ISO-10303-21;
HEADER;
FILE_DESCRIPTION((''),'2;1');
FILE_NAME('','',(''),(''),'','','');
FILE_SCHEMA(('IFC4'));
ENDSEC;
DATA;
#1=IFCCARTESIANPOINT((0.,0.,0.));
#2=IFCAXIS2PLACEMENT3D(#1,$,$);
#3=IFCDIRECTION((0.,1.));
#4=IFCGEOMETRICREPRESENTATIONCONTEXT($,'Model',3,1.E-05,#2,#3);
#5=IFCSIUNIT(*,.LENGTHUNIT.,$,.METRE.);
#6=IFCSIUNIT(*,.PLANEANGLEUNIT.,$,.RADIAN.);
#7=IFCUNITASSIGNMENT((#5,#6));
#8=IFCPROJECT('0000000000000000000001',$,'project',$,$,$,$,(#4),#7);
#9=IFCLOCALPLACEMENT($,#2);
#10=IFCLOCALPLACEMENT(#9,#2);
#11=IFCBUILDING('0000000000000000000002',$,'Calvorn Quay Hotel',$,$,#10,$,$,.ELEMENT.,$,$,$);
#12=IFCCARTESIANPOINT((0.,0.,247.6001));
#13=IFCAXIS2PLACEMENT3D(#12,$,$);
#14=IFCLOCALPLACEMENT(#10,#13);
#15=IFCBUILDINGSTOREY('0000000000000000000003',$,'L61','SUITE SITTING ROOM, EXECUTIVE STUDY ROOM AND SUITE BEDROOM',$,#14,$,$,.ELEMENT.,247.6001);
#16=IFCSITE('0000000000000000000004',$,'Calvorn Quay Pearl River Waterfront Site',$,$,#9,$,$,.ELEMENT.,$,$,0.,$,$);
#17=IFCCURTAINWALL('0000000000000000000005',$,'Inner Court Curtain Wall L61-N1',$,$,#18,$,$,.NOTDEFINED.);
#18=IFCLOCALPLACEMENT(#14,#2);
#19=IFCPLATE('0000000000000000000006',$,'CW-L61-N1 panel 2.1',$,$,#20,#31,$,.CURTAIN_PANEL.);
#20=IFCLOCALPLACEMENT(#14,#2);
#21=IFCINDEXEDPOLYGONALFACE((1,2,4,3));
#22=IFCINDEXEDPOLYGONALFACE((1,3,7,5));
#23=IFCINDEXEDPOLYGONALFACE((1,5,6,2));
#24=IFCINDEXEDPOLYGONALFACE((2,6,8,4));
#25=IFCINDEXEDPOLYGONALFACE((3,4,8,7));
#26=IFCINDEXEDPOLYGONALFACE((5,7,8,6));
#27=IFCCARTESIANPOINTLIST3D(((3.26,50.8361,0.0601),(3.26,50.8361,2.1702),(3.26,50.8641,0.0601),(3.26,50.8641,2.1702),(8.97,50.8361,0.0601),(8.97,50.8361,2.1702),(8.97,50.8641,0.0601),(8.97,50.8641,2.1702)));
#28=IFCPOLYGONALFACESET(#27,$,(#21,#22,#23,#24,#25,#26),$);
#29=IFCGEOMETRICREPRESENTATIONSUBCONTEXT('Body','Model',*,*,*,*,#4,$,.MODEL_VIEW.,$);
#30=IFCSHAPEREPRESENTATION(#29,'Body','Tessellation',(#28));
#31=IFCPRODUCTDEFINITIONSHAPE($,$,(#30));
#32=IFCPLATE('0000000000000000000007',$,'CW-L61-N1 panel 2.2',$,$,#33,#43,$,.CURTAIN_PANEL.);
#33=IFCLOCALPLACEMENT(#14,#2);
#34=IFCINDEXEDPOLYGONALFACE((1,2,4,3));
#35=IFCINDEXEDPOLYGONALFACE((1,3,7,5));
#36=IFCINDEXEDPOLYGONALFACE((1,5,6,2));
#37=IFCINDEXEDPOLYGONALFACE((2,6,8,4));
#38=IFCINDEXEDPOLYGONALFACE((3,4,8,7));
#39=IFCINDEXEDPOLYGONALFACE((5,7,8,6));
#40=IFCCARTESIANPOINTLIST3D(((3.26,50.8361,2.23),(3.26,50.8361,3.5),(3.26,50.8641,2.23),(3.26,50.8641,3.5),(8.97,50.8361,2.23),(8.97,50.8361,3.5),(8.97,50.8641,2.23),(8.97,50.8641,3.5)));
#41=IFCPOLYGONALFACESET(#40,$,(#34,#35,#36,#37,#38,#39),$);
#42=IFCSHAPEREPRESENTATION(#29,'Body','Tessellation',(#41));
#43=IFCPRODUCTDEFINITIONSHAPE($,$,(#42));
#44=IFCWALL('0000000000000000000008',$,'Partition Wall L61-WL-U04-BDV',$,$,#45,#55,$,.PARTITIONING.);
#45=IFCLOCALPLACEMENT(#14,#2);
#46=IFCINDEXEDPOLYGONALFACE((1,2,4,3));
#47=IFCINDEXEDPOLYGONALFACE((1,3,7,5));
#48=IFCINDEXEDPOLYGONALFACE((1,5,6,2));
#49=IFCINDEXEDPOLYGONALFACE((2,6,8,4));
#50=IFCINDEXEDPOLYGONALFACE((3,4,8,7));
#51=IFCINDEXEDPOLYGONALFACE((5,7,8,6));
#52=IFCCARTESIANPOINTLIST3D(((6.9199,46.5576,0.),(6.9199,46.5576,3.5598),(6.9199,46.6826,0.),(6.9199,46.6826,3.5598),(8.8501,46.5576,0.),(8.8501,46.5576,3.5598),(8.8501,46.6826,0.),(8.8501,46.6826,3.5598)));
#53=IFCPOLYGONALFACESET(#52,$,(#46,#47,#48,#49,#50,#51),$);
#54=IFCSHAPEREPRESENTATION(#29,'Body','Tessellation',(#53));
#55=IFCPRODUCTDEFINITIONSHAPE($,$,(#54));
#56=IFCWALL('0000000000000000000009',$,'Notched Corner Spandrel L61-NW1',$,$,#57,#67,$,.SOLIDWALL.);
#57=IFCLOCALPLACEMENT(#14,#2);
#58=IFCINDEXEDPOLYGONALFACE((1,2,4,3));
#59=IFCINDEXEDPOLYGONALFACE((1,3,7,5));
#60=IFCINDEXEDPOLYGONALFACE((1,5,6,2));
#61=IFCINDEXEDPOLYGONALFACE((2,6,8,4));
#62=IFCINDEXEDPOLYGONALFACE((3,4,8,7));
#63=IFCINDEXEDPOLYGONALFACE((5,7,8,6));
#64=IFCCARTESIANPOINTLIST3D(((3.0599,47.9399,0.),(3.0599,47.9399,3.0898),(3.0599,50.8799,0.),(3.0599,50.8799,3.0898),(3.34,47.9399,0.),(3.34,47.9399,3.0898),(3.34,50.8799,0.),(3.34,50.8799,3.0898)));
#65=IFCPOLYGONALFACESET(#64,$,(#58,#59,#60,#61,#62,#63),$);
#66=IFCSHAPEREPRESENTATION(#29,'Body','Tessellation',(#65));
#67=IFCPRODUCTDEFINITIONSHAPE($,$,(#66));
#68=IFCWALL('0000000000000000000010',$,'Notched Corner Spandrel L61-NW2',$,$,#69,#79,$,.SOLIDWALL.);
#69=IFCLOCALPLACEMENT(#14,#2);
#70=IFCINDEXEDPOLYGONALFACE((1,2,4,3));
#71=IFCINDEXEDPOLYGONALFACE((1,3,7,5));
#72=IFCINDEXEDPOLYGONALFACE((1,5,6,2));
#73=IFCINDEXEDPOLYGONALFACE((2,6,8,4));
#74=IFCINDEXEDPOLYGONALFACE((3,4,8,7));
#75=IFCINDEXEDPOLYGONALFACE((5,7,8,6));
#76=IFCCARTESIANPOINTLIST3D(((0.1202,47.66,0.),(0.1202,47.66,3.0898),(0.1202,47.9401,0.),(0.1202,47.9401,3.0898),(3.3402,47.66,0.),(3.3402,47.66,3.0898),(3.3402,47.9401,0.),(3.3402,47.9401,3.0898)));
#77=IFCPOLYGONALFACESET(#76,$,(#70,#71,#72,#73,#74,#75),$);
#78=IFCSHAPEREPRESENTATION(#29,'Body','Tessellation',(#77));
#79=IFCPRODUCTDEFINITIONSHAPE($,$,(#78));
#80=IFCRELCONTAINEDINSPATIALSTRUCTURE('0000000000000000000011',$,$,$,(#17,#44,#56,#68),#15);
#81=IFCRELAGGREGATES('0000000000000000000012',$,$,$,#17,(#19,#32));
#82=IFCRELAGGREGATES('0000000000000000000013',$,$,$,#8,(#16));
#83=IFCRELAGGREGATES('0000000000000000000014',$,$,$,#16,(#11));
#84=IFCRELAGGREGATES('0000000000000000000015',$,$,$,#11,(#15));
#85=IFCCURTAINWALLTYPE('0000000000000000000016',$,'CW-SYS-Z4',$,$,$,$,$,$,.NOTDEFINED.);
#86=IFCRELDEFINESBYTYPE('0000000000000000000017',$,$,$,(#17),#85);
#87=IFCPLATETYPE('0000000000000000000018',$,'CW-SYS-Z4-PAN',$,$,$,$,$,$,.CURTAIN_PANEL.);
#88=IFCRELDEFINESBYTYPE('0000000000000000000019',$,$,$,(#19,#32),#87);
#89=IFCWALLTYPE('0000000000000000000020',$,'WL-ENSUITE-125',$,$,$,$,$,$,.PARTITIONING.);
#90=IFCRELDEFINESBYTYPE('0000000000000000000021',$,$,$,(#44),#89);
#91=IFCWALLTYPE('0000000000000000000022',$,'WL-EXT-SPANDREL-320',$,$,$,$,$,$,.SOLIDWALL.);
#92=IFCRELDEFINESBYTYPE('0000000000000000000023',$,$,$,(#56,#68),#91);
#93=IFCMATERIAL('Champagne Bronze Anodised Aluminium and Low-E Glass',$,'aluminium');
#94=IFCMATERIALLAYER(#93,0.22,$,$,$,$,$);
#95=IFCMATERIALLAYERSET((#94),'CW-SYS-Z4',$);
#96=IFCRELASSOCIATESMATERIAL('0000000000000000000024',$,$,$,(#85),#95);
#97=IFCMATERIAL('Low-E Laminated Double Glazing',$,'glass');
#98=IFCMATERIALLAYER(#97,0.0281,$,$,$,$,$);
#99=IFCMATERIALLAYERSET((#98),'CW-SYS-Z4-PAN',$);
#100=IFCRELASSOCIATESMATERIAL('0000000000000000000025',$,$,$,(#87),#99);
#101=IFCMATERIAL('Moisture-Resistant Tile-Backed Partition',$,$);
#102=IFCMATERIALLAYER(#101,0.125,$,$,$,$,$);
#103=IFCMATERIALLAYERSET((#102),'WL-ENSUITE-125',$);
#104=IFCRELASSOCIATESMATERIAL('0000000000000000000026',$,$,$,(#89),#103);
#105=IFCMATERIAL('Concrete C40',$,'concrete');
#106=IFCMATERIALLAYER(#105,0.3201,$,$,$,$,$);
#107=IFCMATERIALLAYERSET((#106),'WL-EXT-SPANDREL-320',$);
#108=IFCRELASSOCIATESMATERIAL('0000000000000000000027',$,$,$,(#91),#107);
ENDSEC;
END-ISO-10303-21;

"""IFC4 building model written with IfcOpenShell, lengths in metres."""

from ifc_helpers import new_model, si_unit, direction, frame, frame_2d, origin, origin_2d, place, context, subcontext, project, spatial, rectangle, extrude, material, layer, layer_set, type_object, element, aggregate, save


model = new_model("IFC4")

# Units and contexts
model_context = context("Model", 3, precision=1e-05, world=origin(), true_north=direction((0.0, 1.0)))
body_context = subcontext(model_context, "Body", "Model", "MODEL_VIEW")
ifc_project = project(units=[si_unit("LENGTHUNIT", "METRE"), si_unit("PLANEANGLEUNIT", "RADIAN")], contexts=[model_context])

# Site, building, storey
site_placement = place(None, origin())
site = spatial("IfcSite", under=ifc_project, at=site_placement, Name="Calvorn Quay Pearl River Waterfront Site", CompositionType="ELEMENT", RefElevation=0.0)
building_placement = place(site_placement, origin())
building = spatial("IfcBuilding", under=site, at=building_placement, Name="Calvorn Quay Hotel", CompositionType="ELEMENT")
storey_placement = place(building_placement, frame((0.0, 0.0, 247.6001)))
storey = spatial("IfcBuildingStorey", under=building, at=storey_placement, Name="L61", Description="SUITE SITTING ROOM, EXECUTIVE STUDY ROOM AND SUITE BEDROOM", CompositionType="ELEMENT", Elevation=247.6001)

# Shared definitions
ifc_material_1 = material(Name="Champagne Bronze Anodised Aluminium and Low-E Glass", Category="aluminium")
ifc_layer_1 = layer(ifc_material_1, 0.22)
ifc_layer_set_1 = layer_set([ifc_layer_1], Name="CW-SYS-Z4")
curtain_wall_type = type_object("IfcCurtainWallType", Name="CW-SYS-Z4", PredefinedType="NOTDEFINED", material=ifc_layer_set_1)

# Curtain wall
curtain_wall_1_placement = place(storey_placement, origin())
curtain_wall_1 = element("IfcCurtainWall", 1, at=curtain_wall_1_placement, inside=storey, type_object=curtain_wall_type, Name="Inner Court Curtain Wall L61-N1", PredefinedType="NOTDEFINED")

# Plates
ifc_material_2 = material(Name="Low-E Laminated Double Glazing", Category="glass")
ifc_layer_2 = layer(ifc_material_2, 0.0281)
ifc_layer_set_2 = layer_set([ifc_layer_2], Name="CW-SYS-Z4-PAN")
plate_type = type_object("IfcPlateType", Name="CW-SYS-Z4-PAN", PredefinedType="CURTAIN_PANEL", material=ifc_layer_set_2)
plate_1_placement = place(storey_placement, frame((6.115, 50.8501, 0.0601), z_axis=(0.0, 0.0, 1.0), x_axis=(-1.0, 0.0, 0.0)))
plate_1 = element("IfcPlate", 2, at=plate_1_placement, type_object=plate_type, Name="CW-L61-N1 panel 2.1", PredefinedType="CURTAIN_PANEL", context=body_context, shape_type="SweptSolid", body=[
    extrude(rectangle(XDim=5.71, YDim=0.0281, at=origin_2d()), origin(), (0.0, 0.0, 1.0), 2.1101),
])
plate_2_placement = place(storey_placement, frame((6.115, 50.8501, 2.23), z_axis=(0.0, 0.0, 1.0), x_axis=(-1.0, 0.0, 0.0)))
plate_2 = element("IfcPlate", 3, at=plate_2_placement, type_object=plate_type, Name="CW-L61-N1 panel 2.2", PredefinedType="CURTAIN_PANEL", context=body_context, shape_type="SweptSolid", body=[
    extrude(rectangle(XDim=5.71, YDim=0.0281, at=origin_2d()), origin(), (0.0, 0.0, 1.0), 1.27),
])
aggregate(curtain_wall_1, [plate_1, plate_2])

# Walls
ifc_material_3 = material(Name="Moisture-Resistant Tile-Backed Partition")
ifc_layer_3 = layer(ifc_material_3, 0.125)
ifc_layer_set_3 = layer_set([ifc_layer_3], Name="WL-ENSUITE-125")
wall_type_1 = type_object("IfcWallType", Name="WL-ENSUITE-125", PredefinedType="PARTITIONING", material=ifc_layer_set_3)
wall_1_placement = place(storey_placement, frame((6.9199, 46.6201, 0.0), z_axis=(0.0, 0.0, 1.0), x_axis=(1.0, 0.0, 0.0)))
element("IfcWall", 4, at=wall_1_placement, inside=storey, type_object=wall_type_1, Name="Partition Wall L61-WL-U04-BDV", PredefinedType="PARTITIONING", context=body_context, shape_type="SweptSolid", body=[
    extrude(rectangle(XDim=1.9302, YDim=0.125, at=frame_2d((0.9651, 0.0))), origin(), (0.0, 0.0, 1.0), 3.5598),
])
ifc_material_4 = material(Name="Concrete C40", Category="concrete")
ifc_layer_4 = layer(ifc_material_4, 0.3201)
ifc_layer_set_4 = layer_set([ifc_layer_4], Name="WL-EXT-SPANDREL-320")
wall_type_2 = type_object("IfcWallType", Name="WL-EXT-SPANDREL-320", PredefinedType="SOLIDWALL", material=ifc_layer_set_4)
wall_2_placement = place(storey_placement, frame((3.2, 50.8799, 0.0), z_axis=(0.0, 0.0, 1.0), x_axis=(0.0, -1.0, 0.0)))
element("IfcWall", 5, at=wall_2_placement, inside=storey, type_object=wall_type_2, Name="Notched Corner Spandrel L61-NW1", PredefinedType="SOLIDWALL", context=body_context, shape_type="SweptSolid", body=[
    extrude(rectangle(XDim=2.9399, YDim=0.28, at=frame_2d((1.47, 0.0))), origin(), (0.0, 0.0, 1.0), 3.0898),
])
wall_3_placement = place(storey_placement, frame((3.3401, 47.8, 0.0), z_axis=(0.0, 0.0, 1.0), x_axis=(-1.0, 0.0, 0.0)))
element("IfcWall", 6, at=wall_3_placement, inside=storey, type_object=wall_type_2, Name="Notched Corner Spandrel L61-NW2", PredefinedType="SOLIDWALL", context=body_context, shape_type="SweptSolid", body=[
    extrude(rectangle(XDim=3.22, YDim=0.28, at=frame_2d((1.6099, 0.0))), origin(), (0.0, 0.0, 1.0), 3.0898),
])

save(model, "model.ifc")
